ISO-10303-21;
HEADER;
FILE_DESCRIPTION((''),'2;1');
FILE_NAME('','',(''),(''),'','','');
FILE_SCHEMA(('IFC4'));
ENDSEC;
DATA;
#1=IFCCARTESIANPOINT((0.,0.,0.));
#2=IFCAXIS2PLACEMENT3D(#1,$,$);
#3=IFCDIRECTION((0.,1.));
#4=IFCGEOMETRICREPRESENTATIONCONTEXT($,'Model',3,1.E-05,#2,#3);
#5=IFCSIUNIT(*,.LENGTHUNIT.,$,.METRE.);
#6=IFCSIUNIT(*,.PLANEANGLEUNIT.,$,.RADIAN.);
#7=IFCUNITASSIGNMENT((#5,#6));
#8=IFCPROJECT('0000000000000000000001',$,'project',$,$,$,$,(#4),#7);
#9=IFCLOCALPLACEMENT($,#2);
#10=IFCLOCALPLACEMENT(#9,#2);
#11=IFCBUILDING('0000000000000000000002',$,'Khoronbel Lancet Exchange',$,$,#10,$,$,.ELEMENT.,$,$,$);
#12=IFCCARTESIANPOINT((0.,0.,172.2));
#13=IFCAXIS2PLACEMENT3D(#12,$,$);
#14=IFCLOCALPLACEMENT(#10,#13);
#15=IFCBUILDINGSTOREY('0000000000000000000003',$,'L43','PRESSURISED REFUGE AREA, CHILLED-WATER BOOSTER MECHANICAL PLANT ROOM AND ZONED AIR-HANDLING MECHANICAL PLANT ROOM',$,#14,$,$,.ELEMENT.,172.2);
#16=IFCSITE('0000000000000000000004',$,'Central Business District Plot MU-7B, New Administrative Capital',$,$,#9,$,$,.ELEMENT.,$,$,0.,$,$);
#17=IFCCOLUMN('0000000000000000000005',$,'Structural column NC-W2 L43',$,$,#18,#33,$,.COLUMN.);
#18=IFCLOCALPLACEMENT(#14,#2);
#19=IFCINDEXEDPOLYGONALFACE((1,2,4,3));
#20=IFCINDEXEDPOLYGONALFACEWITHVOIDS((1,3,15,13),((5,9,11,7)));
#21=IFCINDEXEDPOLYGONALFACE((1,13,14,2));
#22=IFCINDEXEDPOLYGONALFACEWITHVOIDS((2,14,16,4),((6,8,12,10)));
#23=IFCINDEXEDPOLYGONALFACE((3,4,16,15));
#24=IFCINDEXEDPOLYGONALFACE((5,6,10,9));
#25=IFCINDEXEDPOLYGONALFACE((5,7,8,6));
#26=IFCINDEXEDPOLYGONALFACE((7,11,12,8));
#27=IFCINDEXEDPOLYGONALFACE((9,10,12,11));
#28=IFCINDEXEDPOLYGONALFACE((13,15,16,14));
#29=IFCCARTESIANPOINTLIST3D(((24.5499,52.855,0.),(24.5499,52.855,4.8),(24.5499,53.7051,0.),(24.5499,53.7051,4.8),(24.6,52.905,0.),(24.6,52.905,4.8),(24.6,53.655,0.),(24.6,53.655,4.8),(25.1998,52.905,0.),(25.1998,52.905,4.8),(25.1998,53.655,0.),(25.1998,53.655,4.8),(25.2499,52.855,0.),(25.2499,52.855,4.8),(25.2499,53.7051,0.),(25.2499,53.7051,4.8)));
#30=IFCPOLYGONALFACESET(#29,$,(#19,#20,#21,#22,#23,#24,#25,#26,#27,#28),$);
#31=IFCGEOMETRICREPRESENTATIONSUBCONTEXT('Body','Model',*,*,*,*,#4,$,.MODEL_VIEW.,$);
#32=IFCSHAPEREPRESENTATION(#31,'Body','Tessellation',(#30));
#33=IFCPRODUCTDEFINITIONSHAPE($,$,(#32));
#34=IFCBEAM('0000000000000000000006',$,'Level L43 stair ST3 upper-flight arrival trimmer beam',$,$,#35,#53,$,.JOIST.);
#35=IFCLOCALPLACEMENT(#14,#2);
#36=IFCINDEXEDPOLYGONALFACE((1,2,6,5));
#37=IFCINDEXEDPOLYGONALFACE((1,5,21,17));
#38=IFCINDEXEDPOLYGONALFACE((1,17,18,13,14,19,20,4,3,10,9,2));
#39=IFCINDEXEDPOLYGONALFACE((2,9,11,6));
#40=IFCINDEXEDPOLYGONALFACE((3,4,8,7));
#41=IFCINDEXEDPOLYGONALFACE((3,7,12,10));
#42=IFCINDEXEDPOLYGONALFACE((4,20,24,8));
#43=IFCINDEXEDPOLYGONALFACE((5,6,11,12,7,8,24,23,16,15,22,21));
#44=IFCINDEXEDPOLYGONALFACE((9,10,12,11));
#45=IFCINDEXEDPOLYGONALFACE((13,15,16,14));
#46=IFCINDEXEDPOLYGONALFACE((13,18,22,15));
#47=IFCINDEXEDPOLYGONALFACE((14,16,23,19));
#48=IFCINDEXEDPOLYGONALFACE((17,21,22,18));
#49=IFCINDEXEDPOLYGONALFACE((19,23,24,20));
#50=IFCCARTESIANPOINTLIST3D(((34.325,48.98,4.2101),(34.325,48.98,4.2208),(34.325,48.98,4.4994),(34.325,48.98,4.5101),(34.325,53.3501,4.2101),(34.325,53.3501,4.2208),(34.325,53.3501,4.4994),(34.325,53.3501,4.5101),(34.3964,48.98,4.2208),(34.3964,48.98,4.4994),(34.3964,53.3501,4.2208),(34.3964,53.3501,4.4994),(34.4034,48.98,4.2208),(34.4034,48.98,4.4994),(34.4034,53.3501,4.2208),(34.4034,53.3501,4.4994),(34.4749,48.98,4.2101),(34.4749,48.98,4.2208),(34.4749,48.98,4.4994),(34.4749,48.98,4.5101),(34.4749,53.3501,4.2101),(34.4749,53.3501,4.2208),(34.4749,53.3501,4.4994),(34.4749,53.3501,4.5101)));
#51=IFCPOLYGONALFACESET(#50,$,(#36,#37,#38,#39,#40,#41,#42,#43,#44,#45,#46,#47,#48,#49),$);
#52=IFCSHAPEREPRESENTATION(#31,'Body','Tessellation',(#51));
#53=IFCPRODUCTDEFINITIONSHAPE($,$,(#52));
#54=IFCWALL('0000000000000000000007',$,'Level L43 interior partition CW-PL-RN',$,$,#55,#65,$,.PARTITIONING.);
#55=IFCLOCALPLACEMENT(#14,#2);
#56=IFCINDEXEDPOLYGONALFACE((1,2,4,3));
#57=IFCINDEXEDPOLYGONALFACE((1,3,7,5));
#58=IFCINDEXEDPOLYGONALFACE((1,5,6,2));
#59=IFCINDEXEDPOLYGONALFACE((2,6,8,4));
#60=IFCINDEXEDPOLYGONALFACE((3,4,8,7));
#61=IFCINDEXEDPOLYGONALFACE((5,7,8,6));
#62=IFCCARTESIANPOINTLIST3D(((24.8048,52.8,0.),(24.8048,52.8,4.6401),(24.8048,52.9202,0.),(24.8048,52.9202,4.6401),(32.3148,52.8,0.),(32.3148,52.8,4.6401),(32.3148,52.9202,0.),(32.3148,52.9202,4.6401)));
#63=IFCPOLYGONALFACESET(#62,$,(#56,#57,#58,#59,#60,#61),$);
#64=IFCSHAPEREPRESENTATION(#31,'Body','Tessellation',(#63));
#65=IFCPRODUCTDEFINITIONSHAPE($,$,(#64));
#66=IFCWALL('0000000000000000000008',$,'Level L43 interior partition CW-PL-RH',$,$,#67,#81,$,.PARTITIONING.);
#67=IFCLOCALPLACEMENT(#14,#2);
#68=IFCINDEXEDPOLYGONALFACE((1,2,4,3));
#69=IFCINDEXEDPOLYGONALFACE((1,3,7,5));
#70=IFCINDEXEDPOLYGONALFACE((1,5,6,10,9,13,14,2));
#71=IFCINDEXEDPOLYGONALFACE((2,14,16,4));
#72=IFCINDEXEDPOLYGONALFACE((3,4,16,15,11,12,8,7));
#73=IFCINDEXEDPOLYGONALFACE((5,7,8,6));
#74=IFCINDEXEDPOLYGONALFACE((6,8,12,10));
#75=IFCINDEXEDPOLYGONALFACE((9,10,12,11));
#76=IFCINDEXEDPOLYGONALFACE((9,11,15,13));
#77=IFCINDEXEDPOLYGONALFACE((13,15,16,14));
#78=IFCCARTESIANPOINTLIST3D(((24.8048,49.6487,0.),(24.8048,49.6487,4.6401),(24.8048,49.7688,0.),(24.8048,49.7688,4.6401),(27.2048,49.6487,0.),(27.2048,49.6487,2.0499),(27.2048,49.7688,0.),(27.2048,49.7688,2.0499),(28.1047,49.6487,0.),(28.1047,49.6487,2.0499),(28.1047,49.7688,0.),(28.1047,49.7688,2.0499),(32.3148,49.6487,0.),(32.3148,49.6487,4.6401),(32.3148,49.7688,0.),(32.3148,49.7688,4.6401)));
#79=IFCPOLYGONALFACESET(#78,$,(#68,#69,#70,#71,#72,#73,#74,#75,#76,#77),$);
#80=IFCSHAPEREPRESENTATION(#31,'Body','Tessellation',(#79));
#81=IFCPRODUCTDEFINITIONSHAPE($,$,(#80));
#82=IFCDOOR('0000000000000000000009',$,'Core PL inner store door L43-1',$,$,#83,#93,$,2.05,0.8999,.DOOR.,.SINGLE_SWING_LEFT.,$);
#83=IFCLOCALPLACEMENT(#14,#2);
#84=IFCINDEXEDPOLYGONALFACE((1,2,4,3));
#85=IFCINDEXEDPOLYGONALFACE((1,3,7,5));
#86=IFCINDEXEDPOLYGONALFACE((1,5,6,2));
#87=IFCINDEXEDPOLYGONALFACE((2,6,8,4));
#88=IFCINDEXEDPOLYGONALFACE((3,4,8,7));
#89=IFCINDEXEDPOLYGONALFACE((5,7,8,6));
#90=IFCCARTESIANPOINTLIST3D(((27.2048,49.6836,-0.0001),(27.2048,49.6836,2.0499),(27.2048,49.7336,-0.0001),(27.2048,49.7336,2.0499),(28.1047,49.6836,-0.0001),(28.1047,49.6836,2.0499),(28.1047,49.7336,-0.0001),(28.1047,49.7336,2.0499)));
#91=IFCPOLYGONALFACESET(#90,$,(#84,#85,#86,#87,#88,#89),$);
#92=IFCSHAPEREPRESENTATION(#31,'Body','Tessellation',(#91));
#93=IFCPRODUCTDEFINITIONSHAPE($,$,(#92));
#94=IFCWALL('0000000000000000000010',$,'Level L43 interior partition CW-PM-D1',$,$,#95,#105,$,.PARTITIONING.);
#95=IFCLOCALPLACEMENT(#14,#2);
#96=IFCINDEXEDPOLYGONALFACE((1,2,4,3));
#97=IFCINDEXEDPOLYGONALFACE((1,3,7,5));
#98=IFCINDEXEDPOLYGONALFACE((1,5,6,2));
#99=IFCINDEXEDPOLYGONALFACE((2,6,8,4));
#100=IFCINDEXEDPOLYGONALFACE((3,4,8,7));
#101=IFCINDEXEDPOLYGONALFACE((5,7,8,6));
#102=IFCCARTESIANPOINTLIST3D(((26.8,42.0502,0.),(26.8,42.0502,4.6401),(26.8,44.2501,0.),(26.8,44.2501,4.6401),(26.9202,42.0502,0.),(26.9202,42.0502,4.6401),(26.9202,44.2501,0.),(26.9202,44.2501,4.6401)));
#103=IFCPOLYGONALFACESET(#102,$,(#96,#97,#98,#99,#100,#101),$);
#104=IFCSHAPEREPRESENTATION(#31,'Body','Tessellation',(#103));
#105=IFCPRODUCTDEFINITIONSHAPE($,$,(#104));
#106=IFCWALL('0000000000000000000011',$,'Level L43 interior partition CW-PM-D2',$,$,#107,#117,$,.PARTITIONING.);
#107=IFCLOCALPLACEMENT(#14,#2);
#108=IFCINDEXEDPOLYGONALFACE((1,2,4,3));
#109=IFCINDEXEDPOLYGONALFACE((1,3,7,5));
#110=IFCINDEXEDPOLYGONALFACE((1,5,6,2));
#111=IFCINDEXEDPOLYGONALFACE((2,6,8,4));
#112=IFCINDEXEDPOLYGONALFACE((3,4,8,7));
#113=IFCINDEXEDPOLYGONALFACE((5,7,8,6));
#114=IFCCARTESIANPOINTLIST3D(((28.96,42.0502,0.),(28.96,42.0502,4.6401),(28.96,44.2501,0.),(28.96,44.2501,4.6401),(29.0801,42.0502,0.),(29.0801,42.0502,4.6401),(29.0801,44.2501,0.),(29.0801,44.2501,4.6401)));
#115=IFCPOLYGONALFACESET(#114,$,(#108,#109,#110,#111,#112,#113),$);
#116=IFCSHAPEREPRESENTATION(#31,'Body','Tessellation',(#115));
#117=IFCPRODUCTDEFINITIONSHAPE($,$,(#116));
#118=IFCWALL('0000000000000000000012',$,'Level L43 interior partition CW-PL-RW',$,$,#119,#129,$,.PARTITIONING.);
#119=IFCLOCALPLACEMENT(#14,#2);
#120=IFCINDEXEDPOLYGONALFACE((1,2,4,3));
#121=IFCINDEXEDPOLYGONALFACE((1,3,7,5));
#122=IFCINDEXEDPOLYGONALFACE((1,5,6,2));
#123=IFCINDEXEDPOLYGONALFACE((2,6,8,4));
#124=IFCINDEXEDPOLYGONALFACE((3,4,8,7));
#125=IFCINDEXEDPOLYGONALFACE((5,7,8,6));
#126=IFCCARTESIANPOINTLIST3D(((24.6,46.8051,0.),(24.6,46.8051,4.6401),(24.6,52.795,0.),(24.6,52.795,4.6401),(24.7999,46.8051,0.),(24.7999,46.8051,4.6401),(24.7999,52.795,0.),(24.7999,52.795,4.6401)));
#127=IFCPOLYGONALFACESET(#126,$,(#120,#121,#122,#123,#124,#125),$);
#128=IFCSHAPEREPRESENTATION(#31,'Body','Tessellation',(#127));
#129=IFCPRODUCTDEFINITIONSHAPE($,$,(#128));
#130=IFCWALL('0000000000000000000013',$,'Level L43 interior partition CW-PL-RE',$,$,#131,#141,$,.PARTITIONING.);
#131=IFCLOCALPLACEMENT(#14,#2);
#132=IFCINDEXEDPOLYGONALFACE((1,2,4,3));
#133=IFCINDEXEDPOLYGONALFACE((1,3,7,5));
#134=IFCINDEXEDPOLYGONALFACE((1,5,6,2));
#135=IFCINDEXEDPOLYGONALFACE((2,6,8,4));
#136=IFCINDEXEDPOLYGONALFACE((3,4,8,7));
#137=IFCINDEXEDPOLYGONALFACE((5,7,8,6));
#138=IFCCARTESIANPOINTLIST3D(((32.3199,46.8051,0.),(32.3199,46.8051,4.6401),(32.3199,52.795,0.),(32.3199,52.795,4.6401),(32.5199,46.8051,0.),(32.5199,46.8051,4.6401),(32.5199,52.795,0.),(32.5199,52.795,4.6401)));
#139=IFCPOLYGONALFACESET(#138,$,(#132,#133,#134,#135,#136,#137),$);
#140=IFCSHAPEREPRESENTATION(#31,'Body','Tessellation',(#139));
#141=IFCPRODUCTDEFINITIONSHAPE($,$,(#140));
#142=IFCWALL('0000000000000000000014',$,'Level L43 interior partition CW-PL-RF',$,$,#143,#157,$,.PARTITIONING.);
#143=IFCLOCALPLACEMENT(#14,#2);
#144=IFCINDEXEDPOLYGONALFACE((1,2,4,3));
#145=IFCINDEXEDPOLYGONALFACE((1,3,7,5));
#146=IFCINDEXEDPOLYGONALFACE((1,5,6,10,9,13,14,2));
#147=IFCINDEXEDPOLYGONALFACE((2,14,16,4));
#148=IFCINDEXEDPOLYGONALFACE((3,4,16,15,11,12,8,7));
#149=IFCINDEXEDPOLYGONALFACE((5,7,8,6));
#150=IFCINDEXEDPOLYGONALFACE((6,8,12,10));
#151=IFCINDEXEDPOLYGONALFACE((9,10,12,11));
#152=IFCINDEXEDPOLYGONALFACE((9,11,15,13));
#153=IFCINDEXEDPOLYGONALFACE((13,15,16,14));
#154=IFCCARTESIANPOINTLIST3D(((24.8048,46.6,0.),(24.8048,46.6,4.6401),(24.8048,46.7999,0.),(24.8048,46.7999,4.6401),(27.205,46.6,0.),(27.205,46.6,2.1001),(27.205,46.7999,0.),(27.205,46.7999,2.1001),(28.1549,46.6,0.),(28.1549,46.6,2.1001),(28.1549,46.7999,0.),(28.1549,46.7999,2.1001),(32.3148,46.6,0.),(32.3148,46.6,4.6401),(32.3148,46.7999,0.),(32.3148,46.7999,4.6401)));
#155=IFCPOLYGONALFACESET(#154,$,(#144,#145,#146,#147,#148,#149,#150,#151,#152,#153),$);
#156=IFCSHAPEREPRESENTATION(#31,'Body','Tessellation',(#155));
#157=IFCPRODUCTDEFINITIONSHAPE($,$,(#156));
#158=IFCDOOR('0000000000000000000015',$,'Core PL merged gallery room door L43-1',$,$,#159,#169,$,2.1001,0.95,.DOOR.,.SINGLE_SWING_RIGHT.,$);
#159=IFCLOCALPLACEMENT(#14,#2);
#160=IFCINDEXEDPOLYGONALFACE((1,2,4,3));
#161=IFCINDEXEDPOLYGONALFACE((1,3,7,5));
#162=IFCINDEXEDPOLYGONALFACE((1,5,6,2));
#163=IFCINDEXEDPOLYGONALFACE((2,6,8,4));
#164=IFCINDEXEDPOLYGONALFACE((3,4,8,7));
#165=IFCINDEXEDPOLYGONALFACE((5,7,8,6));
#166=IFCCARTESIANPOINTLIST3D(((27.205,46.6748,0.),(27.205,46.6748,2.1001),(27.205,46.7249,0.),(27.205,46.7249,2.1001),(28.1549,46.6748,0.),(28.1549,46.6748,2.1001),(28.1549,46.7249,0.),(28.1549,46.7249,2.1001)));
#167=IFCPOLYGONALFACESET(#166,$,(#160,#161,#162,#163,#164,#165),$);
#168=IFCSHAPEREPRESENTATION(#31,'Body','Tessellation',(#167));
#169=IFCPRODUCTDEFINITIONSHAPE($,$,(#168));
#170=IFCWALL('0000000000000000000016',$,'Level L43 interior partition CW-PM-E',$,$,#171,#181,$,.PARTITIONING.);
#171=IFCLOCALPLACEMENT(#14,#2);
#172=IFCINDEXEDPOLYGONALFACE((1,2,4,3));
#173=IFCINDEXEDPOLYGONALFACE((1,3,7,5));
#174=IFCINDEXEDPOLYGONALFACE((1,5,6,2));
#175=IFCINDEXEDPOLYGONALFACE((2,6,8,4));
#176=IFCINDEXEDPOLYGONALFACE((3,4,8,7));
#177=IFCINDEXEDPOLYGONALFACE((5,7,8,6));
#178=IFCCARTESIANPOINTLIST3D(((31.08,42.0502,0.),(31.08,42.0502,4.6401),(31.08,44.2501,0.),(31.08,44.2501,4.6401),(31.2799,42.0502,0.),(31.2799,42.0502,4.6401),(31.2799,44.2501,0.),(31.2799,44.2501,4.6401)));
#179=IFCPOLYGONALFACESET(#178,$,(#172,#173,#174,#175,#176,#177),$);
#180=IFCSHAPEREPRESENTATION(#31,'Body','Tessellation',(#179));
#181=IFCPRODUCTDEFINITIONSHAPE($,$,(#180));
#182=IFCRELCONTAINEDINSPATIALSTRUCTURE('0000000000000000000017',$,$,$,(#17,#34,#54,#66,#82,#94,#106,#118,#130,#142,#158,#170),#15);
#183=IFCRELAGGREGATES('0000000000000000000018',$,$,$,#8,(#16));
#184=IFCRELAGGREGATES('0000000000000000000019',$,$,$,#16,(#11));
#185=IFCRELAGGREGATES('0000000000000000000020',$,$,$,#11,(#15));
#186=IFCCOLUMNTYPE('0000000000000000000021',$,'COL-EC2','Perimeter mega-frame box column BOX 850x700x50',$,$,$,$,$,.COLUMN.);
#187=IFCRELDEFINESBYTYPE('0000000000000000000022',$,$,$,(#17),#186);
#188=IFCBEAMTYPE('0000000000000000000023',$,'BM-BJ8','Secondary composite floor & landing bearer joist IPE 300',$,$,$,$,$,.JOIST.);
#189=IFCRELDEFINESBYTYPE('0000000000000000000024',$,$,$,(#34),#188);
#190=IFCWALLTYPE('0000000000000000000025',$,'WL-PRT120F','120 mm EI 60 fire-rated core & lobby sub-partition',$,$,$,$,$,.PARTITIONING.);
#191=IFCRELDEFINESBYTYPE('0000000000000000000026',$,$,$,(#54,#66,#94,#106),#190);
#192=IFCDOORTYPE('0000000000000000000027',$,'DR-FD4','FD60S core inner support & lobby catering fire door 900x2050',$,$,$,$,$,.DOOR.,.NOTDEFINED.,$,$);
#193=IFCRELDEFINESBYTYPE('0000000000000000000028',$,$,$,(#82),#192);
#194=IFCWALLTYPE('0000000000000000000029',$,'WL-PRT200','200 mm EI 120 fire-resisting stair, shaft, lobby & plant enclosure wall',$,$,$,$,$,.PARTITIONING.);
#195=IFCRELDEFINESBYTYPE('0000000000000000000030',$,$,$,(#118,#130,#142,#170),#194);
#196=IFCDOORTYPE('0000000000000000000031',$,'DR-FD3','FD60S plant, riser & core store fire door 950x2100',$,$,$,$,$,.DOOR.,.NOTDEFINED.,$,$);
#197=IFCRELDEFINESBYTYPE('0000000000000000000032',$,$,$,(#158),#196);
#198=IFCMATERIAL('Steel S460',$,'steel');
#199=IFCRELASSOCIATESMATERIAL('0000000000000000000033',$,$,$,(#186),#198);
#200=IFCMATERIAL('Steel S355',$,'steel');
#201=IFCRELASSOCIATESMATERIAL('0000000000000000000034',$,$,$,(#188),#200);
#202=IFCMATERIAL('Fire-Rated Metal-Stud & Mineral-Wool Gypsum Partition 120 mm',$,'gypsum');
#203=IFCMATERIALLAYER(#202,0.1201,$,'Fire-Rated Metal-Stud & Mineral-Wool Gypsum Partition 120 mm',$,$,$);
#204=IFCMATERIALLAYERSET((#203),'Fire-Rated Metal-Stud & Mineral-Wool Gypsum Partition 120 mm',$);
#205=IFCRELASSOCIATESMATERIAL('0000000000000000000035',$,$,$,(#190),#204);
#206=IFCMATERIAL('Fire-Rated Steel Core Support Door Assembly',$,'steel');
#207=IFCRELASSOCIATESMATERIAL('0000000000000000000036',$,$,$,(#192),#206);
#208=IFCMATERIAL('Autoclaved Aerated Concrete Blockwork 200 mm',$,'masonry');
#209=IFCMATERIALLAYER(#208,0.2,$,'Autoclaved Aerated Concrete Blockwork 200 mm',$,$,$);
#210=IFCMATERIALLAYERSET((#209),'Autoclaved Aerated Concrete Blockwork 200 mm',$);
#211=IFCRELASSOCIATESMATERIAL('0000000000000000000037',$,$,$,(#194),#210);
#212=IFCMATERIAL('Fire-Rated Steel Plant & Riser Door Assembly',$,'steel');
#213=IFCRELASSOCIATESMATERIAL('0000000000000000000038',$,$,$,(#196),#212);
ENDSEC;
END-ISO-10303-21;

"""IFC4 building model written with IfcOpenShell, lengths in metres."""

from ifc_helpers import new_model, si_unit, direction, frame, frame_2d, origin, origin_2d, place, context, subcontext, project, spatial, rectangle, hollow_rectangle, i_section, extrude, material, layer, layer_set, material_profile, profile_set, type_object, element, fill, save


model = new_model("IFC4")

# Units and contexts
model_context = context("Model", 3, precision=1e-05, world=origin(), true_north=direction((0.0, 1.0)))
body_context = subcontext(model_context, "Body", "Model", "MODEL_VIEW")
ifc_project = project(units=[si_unit("LENGTHUNIT", "METRE"), si_unit("PLANEANGLEUNIT", "RADIAN")], contexts=[model_context])

# Site, building, storey
site_placement = place(None, origin())
site = spatial("IfcSite", under=ifc_project, at=site_placement, Name="Central Business District Plot MU-7B, New Administrative Capital", CompositionType="ELEMENT", RefElevation=0.0)
building_placement = place(site_placement, origin())
building = spatial("IfcBuilding", under=site, at=building_placement, Name="Khoronbel Lancet Exchange", CompositionType="ELEMENT")
storey_placement = place(building_placement, frame((0.0, 0.0, 172.2)))
storey = spatial("IfcBuildingStorey", under=building, at=storey_placement, Name="L43", Description="PRESSURISED REFUGE AREA, CHILLED-WATER BOOSTER MECHANICAL PLANT ROOM AND ZONED AIR-HANDLING MECHANICAL PLANT ROOM", CompositionType="ELEMENT", Elevation=172.2)

# Column
ifc_material_1 = material(Name="Steel S460", Category="steel")
ifc_material_profile_1 = material_profile(ifc_material_1, hollow_rectangle(XDim=0.7, YDim=0.8501, WallThickness=0.05, at=origin_2d()), Name="BOX 850x700x50")
ifc_profile_set_1 = profile_set([ifc_material_profile_1], Name="Steel S460")
column_type = type_object("IfcColumnType", Name="COL-EC2", Description="Perimeter mega-frame box column BOX 850x700x50", PredefinedType="COLUMN", material=ifc_profile_set_1)
column_placement = place(storey_placement, frame((24.8999, 53.28, 0.0), z_axis=(0.0, 0.0, 1.0), x_axis=(1.0, 0.0, 0.0)))
element("IfcColumn", 1, at=column_placement, inside=storey, type_object=column_type, Name="Structural column NC-W2 L43", PredefinedType="COLUMN", context=body_context, shape_type="SweptSolid", body=[
    extrude(hollow_rectangle(XDim=0.7, YDim=0.8501, WallThickness=0.05, at=origin_2d()), origin(), (0.0, 0.0, 1.0), 4.8),
])

# Beam
ifc_material_2 = material(Name="Steel S355", Category="steel")
ifc_material_profile_2 = material_profile(ifc_material_2, i_section(OverallWidth=0.1499, OverallDepth=0.3, WebThickness=0.0071, FlangeThickness=0.0107, at=origin_2d()), Name="IPE 300")
ifc_profile_set_2 = profile_set([ifc_material_profile_2], Name="Steel S355")
beam_type = type_object("IfcBeamType", Name="BM-BJ8", Description="Secondary composite floor & landing bearer joist IPE 300", PredefinedType="JOIST", material=ifc_profile_set_2)
beam_placement = place(storey_placement, frame((34.3999, 48.98, 4.3601), z_axis=(0.0, 1.0, 0.0), x_axis=(-1.0, 0.0, 0.0)))
element("IfcBeam", 2, at=beam_placement, inside=storey, type_object=beam_type, Name="Level L43 stair ST3 upper-flight arrival trimmer beam", PredefinedType="JOIST", context=body_context, shape_type="SweptSolid", body=[
    extrude(i_section(OverallWidth=0.1499, OverallDepth=0.3, WebThickness=0.0071, FlangeThickness=0.0107, at=origin_2d()), origin(), (0.0, 0.0, 1.0), 4.3701),
])

# Wall
ifc_material_3 = material(Name="Fire-Rated Metal-Stud & Mineral-Wool Gypsum Partition 120 mm", Category="gypsum")
ifc_layer_1 = layer(ifc_material_3, 0.1201, Name="Fire-Rated Metal-Stud & Mineral-Wool Gypsum Partition 120 mm")
ifc_layer_set_1 = layer_set([ifc_layer_1], Name="Fire-Rated Metal-Stud & Mineral-Wool Gypsum Partition 120 mm")
wall_type_1 = type_object("IfcWallType", Name="WL-PRT120F", Description="120 mm EI 60 fire-rated core & lobby sub-partition", PredefinedType="PARTITIONING", material=ifc_layer_set_1)
wall_1_placement = place(storey_placement, frame((24.8049, 52.8601, 0.0), z_axis=(0.0, 0.0, 1.0), x_axis=(1.0, 0.0, 0.0)))
element("IfcWall", 3, at=wall_1_placement, inside=storey, type_object=wall_type_1, Name="Level L43 interior partition CW-PL-RN", PredefinedType="PARTITIONING", context=body_context, shape_type="SweptSolid", body=[
    extrude(rectangle(XDim=7.51, YDim=0.1201, at=frame_2d((3.7549, 0.0))), origin(), (0.0, 0.0, 1.0), 4.6401),
])

# Wall, opening, door
wall_2_placement = place(storey_placement, frame((24.8049, 49.7087, 0.0), z_axis=(0.0, 0.0, 1.0), x_axis=(1.0, 0.0, 0.0)))
wall_2 = element("IfcWall", 4, at=wall_2_placement, inside=storey, type_object=wall_type_1, Name="Level L43 interior partition CW-PL-RH", PredefinedType="PARTITIONING", context=body_context, shape_type="SweptSolid", body=[
    extrude(rectangle(XDim=7.51, YDim=0.1201, at=frame_2d((3.7549, 0.0))), origin(), (0.0, 0.0, 1.0), 4.6401),
])
opening_1_placement = place(wall_2_placement, frame((2.3999, 0.0, 0.0)))
opening_1 = element("IfcOpeningElement", 5, at=opening_1_placement, cuts=wall_2, PredefinedType="OPENING", context=body_context, shape_type="SweptSolid", body=[
    extrude(rectangle(XDim=0.8999, YDim=2.05, at=frame_2d((0.45, 1.0249))), frame((0.0, 0.0701, 0.0), z_axis=(0.0, -1.0, 0.0), x_axis=(1.0, 0.0, 0.0)), (0.0, 0.0, 1.0), 0.1401),
])
ifc_material_4 = material(Name="Fire-Rated Steel Core Support Door Assembly", Category="steel")
door_type_1 = type_object("IfcDoorType", Name="DR-FD4", Description="FD60S core inner support & lobby catering fire door 900x2050", OperationType="NOTDEFINED", PredefinedType="DOOR", material=ifc_material_4)
door_1_placement = place(opening_1_placement, origin())
door_1 = element("IfcDoor", 6, at=door_1_placement, inside=storey, type_object=door_type_1, Name="Core PL inner store door L43-1", OperationType="SINGLE_SWING_LEFT", OverallHeight=2.05, OverallWidth=0.8999, PredefinedType="DOOR", context=body_context, shape_type="SweptSolid", body=[
    extrude(rectangle(XDim=0.8999, YDim=2.05, at=frame_2d((0.45, 1.0249))), frame((0.0, 0.0249, 0.0), z_axis=(0.0, -1.0, 0.0), x_axis=(1.0, 0.0, 0.0)), (0.0, 0.0, 1.0), 0.05),
])
fill(opening_1, door_1)

# Walls
for number, where, z_axis, x_axis, name in (
    (7, (26.8601, 42.05, 0.0), (0.0, 0.0, 1.0), (0.0, 1.0, 0.0), "Level L43 interior partition CW-PM-D1"),
    (8, (29.02, 42.05, 0.0), (0.0, 0.0, 1.0), (0.0, 1.0, 0.0), "Level L43 interior partition CW-PM-D2"),
):
    element("IfcWall", number, at=place(storey_placement, frame(where, z_axis=z_axis, x_axis=x_axis)), inside=storey, type_object=wall_type_1, Name=name, PredefinedType="PARTITIONING", context=body_context, shape_type="SweptSolid", body=[
        extrude(rectangle(XDim=2.2, YDim=0.1201, at=frame_2d((1.1001, 0.0))), origin(), (0.0, 0.0, 1.0), 4.6401),
    ])
ifc_material_5 = material(Name="Autoclaved Aerated Concrete Blockwork 200 mm", Category="masonry")
ifc_layer_2 = layer(ifc_material_5, 0.2, Name="Autoclaved Aerated Concrete Blockwork 200 mm")
ifc_layer_set_2 = layer_set([ifc_layer_2], Name="Autoclaved Aerated Concrete Blockwork 200 mm")
wall_type_2 = type_object("IfcWallType", Name="WL-PRT200", Description="200 mm EI 120 fire-resisting stair, shaft, lobby & plant enclosure wall", PredefinedType="PARTITIONING", material=ifc_layer_set_2)
for number, where, z_axis, x_axis, name in (
    (9, (24.7, 46.8049, 0.0), (0.0, 0.0, 1.0), (0.0, 1.0, 0.0), "Level L43 interior partition CW-PL-RW"),
    (10, (32.4199, 46.8049, 0.0), (0.0, 0.0, 1.0), (0.0, 1.0, 0.0), "Level L43 interior partition CW-PL-RE"),
):
    element("IfcWall", number, at=place(storey_placement, frame(where, z_axis=z_axis, x_axis=x_axis)), inside=storey, type_object=wall_type_2, Name=name, PredefinedType="PARTITIONING", context=body_context, shape_type="SweptSolid", body=[
        extrude(rectangle(XDim=5.99, YDim=0.2, at=frame_2d((2.9951, 0.0))), origin(), (0.0, 0.0, 1.0), 4.6401),
    ])

# Wall, opening, door
wall_3_placement = place(storey_placement, frame((24.8049, 46.7, 0.0), z_axis=(0.0, 0.0, 1.0), x_axis=(1.0, 0.0, 0.0)))
wall_3 = element("IfcWall", 11, at=wall_3_placement, inside=storey, type_object=wall_type_2, Name="Level L43 interior partition CW-PL-RF", PredefinedType="PARTITIONING", context=body_context, shape_type="SweptSolid", body=[
    extrude(rectangle(XDim=7.51, YDim=0.2, at=frame_2d((3.7549, 0.0))), origin(), (0.0, 0.0, 1.0), 4.6401),
])
opening_2_placement = place(wall_3_placement, frame((2.3999, 0.0, 0.0)))
opening_2 = element("IfcOpeningElement", 12, at=opening_2_placement, cuts=wall_3, PredefinedType="OPENING", context=body_context, shape_type="SweptSolid", body=[
    extrude(rectangle(XDim=0.95, YDim=2.1001, at=frame_2d((0.4751, 1.05))), frame((0.0, 0.1099, 0.0), z_axis=(0.0, -1.0, 0.0), x_axis=(1.0, 0.0, 0.0)), (0.0, 0.0, 1.0), 0.22),
])
ifc_material_6 = material(Name="Fire-Rated Steel Plant & Riser Door Assembly", Category="steel")
door_type_2 = type_object("IfcDoorType", Name="DR-FD3", Description="FD60S plant, riser & core store fire door 950x2100", OperationType="NOTDEFINED", PredefinedType="DOOR", material=ifc_material_6)
door_2_placement = place(opening_2_placement, origin())
door_2 = element("IfcDoor", 13, at=door_2_placement, inside=storey, type_object=door_type_2, Name="Core PL merged gallery room door L43-1", OperationType="SINGLE_SWING_RIGHT", OverallHeight=2.1001, OverallWidth=0.95, PredefinedType="DOOR", context=body_context, shape_type="SweptSolid", body=[
    extrude(rectangle(XDim=0.95, YDim=2.1001, at=frame_2d((0.4751, 1.05))), frame((0.0, 0.0249, 0.0), z_axis=(0.0, -1.0, 0.0), x_axis=(1.0, 0.0, 0.0)), (0.0, 0.0, 1.0), 0.05),
])
fill(opening_2, door_2)

# Wall
wall_4_placement = place(storey_placement, frame((31.1799, 42.05, 0.0), z_axis=(0.0, 0.0, 1.0), x_axis=(0.0, 1.0, 0.0)))
element("IfcWall", 14, at=wall_4_placement, inside=storey, type_object=wall_type_2, Name="Level L43 interior partition CW-PM-E", PredefinedType="PARTITIONING", context=body_context, shape_type="SweptSolid", body=[
    extrude(rectangle(XDim=2.2, YDim=0.2, at=frame_2d((1.1001, 0.0))), origin(), (0.0, 0.0, 1.0), 4.6401),
])

save(model, "model.ifc")
